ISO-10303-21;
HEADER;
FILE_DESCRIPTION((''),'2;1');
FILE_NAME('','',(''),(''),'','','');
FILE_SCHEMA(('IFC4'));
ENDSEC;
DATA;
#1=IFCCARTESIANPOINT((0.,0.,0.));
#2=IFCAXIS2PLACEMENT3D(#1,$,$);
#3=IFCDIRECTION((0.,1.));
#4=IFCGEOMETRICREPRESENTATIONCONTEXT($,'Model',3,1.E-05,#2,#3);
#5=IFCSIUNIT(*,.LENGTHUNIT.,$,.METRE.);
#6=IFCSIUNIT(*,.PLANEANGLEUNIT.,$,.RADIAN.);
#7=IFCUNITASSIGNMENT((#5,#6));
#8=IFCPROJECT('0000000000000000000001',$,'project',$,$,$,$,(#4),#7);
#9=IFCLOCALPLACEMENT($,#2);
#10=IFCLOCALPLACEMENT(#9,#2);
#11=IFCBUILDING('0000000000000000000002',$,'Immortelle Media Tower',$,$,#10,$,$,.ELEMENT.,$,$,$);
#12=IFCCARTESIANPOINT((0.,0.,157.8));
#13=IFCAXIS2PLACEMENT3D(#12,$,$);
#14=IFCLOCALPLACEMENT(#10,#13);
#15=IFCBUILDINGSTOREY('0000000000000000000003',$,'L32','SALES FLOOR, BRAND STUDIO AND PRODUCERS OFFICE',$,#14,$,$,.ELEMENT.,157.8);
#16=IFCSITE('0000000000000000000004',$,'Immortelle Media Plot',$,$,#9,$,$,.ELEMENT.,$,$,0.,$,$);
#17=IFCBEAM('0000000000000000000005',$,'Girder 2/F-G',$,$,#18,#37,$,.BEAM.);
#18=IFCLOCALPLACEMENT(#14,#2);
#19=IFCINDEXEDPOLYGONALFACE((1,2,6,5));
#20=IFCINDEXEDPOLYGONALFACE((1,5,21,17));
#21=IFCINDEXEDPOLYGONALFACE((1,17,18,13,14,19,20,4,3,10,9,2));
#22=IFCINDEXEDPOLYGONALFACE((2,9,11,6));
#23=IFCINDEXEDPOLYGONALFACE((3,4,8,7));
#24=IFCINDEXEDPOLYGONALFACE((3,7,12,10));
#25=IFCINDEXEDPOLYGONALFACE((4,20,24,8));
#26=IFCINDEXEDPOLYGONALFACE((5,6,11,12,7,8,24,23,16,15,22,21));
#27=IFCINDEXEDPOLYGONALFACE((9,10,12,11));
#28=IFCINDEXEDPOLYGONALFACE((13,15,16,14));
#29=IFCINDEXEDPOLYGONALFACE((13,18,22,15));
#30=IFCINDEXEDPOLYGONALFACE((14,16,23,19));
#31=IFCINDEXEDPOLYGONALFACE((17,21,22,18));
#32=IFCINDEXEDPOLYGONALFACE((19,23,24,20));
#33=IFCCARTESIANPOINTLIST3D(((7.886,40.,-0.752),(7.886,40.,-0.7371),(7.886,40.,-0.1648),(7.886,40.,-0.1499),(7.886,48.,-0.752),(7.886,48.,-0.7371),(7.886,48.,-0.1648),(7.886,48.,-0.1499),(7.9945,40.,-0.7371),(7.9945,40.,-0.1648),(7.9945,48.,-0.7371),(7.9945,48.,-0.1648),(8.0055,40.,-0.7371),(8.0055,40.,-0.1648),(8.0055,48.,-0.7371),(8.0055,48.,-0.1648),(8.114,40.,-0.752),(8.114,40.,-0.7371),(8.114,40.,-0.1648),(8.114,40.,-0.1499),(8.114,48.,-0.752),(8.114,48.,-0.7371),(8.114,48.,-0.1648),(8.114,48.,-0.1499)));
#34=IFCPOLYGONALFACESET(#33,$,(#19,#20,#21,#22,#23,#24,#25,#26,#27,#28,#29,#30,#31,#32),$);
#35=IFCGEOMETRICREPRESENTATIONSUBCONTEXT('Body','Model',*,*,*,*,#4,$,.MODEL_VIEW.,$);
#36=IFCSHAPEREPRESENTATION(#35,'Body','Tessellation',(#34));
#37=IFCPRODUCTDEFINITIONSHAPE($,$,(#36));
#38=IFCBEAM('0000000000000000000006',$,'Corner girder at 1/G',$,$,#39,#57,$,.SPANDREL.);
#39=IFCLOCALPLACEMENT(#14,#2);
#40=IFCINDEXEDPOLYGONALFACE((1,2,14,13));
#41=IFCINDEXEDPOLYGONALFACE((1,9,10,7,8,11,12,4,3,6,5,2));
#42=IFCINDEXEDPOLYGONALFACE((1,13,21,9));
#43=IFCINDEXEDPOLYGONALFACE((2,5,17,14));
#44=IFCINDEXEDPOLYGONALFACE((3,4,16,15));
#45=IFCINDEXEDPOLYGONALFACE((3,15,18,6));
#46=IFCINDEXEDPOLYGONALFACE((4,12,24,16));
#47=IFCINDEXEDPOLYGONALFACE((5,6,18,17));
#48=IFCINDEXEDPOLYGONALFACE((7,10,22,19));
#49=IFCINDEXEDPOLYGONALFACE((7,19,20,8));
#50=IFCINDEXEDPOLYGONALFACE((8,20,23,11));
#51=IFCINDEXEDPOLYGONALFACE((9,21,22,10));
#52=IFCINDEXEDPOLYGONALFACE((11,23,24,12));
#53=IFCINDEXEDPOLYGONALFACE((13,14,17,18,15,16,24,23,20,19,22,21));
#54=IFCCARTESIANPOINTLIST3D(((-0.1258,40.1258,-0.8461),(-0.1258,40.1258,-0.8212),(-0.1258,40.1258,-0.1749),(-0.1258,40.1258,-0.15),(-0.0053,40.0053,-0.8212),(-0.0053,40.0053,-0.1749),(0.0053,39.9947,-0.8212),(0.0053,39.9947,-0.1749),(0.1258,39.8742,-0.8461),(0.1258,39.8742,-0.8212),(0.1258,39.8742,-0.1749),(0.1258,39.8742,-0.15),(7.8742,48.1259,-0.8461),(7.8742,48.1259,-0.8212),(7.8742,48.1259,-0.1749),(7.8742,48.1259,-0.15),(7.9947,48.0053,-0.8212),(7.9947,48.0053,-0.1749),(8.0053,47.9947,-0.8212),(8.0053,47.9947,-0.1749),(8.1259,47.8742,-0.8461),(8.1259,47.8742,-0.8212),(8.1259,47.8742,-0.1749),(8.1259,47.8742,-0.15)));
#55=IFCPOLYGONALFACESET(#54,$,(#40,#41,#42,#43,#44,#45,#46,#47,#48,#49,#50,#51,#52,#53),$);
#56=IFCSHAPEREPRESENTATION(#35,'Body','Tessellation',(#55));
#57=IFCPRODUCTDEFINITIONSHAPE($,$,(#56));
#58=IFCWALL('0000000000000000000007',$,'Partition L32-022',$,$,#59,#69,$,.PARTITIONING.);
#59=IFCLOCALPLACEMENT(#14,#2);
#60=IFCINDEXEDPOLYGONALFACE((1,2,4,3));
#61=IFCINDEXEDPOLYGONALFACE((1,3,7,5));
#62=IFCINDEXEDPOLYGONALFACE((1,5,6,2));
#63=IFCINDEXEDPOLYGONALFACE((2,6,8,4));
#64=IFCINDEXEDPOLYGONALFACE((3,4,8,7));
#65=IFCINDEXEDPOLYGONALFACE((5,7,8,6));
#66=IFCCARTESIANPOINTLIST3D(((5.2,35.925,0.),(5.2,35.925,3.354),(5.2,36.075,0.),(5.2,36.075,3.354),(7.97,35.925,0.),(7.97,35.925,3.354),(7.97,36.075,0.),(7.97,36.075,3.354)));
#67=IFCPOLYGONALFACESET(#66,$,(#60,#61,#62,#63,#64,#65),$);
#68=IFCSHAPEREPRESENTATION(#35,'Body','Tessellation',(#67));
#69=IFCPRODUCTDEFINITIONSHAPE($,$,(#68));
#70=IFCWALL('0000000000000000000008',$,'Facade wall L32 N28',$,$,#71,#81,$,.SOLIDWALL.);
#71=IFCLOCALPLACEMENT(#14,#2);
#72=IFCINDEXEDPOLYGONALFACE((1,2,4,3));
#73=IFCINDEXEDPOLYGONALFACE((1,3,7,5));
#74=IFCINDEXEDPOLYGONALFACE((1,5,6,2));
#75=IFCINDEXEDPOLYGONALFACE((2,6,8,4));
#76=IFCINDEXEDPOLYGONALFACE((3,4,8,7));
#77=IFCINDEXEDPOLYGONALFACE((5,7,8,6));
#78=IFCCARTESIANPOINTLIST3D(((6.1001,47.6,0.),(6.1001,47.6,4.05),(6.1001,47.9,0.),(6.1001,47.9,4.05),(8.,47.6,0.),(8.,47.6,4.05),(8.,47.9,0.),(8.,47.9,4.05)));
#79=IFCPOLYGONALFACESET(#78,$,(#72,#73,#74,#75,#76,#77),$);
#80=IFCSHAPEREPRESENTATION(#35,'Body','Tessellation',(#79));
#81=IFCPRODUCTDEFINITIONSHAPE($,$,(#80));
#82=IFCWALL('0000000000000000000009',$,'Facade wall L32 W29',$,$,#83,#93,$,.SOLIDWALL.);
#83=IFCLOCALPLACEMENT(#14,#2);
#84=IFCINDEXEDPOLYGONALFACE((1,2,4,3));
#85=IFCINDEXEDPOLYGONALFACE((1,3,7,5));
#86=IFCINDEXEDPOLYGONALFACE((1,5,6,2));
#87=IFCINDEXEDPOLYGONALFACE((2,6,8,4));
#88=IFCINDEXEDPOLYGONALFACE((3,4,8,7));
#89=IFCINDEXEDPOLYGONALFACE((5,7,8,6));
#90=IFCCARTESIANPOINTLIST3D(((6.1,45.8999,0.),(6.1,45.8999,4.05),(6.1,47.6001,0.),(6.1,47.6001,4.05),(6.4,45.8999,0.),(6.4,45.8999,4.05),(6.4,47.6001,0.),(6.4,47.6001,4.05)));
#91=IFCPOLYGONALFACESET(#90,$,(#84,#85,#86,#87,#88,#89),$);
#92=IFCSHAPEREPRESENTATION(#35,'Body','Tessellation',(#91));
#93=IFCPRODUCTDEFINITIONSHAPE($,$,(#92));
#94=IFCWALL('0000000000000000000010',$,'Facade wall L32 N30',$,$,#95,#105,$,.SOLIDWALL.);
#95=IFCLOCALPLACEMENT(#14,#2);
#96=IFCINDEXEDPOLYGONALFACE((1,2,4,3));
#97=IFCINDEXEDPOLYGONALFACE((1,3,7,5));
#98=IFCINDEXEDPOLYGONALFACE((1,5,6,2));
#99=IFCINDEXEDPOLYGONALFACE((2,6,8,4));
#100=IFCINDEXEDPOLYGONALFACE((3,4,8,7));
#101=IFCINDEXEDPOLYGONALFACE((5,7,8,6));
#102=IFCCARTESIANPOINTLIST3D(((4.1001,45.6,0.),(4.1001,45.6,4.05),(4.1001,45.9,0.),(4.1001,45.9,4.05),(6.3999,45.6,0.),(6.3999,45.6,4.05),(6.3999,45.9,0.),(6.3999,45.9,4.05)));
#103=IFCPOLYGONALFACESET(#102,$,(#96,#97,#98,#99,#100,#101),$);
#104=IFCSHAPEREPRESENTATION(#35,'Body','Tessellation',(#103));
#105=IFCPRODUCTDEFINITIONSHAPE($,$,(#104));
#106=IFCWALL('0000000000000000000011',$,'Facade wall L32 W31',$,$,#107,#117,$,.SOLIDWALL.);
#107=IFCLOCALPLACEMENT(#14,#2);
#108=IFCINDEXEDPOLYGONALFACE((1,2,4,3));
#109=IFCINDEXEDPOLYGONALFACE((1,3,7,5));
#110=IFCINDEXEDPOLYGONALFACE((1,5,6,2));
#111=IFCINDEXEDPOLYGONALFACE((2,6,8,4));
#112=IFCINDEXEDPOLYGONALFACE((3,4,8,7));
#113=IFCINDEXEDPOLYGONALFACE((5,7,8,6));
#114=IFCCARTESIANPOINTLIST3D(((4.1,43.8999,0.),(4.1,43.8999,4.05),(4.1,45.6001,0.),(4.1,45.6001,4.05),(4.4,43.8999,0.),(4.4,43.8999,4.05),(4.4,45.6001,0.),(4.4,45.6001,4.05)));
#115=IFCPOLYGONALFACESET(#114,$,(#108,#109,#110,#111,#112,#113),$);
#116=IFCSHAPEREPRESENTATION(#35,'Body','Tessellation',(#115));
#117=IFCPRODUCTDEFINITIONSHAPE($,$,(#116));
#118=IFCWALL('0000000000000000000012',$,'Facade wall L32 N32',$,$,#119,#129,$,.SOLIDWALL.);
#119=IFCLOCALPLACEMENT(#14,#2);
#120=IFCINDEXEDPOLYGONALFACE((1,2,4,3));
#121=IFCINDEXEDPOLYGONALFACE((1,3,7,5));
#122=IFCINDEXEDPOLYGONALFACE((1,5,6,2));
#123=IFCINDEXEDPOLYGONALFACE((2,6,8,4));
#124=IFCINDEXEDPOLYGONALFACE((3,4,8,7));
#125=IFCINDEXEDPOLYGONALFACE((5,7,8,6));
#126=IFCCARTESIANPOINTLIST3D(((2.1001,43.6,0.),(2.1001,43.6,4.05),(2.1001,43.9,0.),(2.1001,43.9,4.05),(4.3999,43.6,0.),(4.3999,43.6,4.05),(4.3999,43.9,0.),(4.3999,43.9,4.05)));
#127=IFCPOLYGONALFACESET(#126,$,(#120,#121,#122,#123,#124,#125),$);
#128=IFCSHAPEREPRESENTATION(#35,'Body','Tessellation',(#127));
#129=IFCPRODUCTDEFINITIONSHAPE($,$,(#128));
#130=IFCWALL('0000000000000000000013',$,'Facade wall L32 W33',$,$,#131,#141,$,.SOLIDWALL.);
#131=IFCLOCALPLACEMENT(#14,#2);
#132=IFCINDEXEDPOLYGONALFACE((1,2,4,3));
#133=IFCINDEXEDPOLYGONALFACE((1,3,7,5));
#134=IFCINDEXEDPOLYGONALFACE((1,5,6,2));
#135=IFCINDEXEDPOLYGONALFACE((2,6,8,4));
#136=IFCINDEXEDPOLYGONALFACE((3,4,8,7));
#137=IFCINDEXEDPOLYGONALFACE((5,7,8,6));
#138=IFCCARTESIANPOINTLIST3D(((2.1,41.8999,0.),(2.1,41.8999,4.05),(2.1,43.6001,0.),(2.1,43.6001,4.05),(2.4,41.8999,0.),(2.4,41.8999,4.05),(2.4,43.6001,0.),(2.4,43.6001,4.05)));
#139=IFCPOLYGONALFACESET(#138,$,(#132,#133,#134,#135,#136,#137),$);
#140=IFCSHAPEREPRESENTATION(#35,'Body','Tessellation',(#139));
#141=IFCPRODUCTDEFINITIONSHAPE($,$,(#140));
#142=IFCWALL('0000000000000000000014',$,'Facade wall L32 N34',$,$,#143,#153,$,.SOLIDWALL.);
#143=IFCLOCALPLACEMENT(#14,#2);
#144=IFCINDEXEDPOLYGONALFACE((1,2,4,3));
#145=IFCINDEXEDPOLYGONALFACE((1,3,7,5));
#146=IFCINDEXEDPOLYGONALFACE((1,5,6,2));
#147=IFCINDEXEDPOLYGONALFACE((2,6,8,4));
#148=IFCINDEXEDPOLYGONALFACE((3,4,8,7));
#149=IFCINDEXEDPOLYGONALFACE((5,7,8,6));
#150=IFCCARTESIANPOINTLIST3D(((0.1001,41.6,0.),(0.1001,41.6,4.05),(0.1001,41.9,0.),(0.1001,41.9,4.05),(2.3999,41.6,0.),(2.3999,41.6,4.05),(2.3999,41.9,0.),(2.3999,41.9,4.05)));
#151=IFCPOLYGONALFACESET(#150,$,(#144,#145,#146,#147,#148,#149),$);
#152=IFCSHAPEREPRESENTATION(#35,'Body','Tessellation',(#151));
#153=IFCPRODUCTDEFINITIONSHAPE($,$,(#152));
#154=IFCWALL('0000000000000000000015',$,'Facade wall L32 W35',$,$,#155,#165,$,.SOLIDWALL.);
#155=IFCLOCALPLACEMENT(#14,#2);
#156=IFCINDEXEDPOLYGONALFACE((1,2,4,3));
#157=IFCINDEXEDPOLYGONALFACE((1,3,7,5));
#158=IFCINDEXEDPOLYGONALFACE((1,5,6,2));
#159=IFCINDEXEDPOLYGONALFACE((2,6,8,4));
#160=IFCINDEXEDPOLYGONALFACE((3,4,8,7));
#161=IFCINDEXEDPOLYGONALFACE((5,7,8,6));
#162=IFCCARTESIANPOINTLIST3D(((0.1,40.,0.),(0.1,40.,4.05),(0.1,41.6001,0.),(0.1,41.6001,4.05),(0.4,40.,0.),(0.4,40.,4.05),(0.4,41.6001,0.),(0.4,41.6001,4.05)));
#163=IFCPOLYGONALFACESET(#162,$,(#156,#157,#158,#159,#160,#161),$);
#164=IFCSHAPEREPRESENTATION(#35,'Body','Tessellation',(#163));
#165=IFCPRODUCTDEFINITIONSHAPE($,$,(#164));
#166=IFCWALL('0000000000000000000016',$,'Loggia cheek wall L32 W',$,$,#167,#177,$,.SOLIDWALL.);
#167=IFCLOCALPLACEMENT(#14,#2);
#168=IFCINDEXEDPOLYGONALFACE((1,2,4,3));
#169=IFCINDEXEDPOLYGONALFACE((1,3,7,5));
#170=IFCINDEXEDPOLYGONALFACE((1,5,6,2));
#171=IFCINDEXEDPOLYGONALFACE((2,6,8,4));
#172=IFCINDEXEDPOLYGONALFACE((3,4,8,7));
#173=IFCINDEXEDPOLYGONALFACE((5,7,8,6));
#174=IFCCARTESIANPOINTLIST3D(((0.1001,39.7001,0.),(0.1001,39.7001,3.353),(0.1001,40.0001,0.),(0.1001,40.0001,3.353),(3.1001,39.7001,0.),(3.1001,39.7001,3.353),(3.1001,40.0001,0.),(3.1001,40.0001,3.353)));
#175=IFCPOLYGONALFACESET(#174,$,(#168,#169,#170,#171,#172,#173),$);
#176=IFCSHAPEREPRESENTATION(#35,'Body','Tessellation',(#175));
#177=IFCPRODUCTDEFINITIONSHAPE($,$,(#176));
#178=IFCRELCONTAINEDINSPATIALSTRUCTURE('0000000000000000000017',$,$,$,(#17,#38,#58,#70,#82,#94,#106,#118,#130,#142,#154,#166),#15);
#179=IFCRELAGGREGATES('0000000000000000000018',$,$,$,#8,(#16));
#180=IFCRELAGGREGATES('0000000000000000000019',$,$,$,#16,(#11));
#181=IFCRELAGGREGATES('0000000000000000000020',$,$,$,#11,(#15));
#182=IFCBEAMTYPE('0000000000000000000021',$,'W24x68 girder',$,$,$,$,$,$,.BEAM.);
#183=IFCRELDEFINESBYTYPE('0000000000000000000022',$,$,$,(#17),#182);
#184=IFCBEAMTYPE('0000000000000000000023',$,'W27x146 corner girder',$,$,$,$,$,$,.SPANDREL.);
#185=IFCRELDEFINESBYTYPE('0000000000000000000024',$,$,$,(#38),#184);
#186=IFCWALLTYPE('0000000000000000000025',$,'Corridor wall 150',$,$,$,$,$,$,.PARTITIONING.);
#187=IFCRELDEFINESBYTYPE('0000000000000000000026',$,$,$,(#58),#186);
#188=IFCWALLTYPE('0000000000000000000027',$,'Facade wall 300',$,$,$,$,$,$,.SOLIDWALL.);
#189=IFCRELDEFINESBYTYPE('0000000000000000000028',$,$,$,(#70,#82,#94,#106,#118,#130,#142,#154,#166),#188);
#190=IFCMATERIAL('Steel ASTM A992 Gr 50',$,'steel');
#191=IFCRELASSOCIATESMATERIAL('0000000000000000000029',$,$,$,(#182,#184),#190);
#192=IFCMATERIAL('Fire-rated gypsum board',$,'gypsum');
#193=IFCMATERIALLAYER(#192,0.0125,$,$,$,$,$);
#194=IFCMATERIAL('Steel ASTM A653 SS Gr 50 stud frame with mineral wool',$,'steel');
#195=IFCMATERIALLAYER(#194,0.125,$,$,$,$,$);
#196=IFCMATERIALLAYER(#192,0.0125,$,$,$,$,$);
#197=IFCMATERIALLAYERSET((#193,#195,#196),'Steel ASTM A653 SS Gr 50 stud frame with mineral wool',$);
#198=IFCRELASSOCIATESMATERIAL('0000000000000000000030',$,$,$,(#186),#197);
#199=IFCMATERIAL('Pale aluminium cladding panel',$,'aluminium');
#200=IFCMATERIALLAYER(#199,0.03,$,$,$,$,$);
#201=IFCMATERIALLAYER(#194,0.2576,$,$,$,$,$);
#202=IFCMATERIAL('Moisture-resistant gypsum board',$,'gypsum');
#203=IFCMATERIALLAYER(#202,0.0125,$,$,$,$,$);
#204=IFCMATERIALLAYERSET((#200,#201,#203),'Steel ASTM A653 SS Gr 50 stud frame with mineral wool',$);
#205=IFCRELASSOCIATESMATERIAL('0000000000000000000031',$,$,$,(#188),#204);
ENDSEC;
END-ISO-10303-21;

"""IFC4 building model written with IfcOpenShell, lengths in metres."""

from ifc_helpers import new_model, si_unit, direction, frame, frame_2d, origin, origin_2d, place, context, subcontext, project, spatial, rectangle, i_section, extrude, material, layer, layer_set, material_profile, profile_set, type_object, element, save


model = new_model("IFC4")

# Units and contexts
model_context = context("Model", 3, precision=1e-05, world=origin(), true_north=direction((0.0, 1.0)))
body_context = subcontext(model_context, "Body", "Model", "MODEL_VIEW")
ifc_project = project(units=[si_unit("LENGTHUNIT", "METRE"), si_unit("PLANEANGLEUNIT", "RADIAN")], contexts=[model_context])

# Site, building, storey
site_placement = place(None, origin())
site = spatial("IfcSite", under=ifc_project, at=site_placement, Name="Immortelle Media Plot", CompositionType="ELEMENT", RefElevation=0.0)
building_placement = place(site_placement, origin())
building = spatial("IfcBuilding", under=site, at=building_placement, Name="Immortelle Media Tower", CompositionType="ELEMENT")
storey_placement = place(building_placement, frame((0.0, 0.0, 157.8)))
storey = spatial("IfcBuildingStorey", under=building, at=storey_placement, Name="L32", Description="SALES FLOOR, BRAND STUDIO AND PRODUCERS OFFICE", CompositionType="ELEMENT", Elevation=157.8)

# Shared definitions
ifc_material_1 = material(Name="Steel ASTM A992 Gr 50", Category="steel")

# Beams
ifc_material_profile_1 = material_profile(ifc_material_1, i_section(OverallWidth=0.228, OverallDepth=0.6021, WebThickness=0.011, FlangeThickness=0.0149, at=origin_2d()), Name="W24x68")
ifc_profile_set_1 = profile_set([ifc_material_profile_1], Name="Steel ASTM A992 Gr 50")
beam_type_1 = type_object("IfcBeamType", Name="W24x68 girder", PredefinedType="BEAM", material=ifc_profile_set_1)
for number, where, z_axis, x_axis, name in (
    (1, (8.0, 40.0, -0.4509), (0.0, 1.0, 0.0), (-1.0, 0.0, 0.0), "Girder 2/F-G"),
):
    element("IfcBeam", number, at=place(storey_placement, frame(where, z_axis=z_axis, x_axis=x_axis)), inside=storey, type_object=beam_type_1, Name=name, PredefinedType="BEAM", context=body_context, shape_type="SweptSolid", body=[
        extrude(i_section(OverallWidth=0.228, OverallDepth=0.6021, WebThickness=0.011, FlangeThickness=0.0149, at=origin_2d()), origin(), (0.0, 0.0, 1.0), 8.0),
    ])
ifc_material_profile_2 = material_profile(ifc_material_1, i_section(OverallWidth=0.356, OverallDepth=0.696, WebThickness=0.0149, FlangeThickness=0.0249, at=origin_2d()), Name="W27x146")
ifc_profile_set_2 = profile_set([ifc_material_profile_2], Name="Steel ASTM A992 Gr 50")
beam_type_2 = type_object("IfcBeamType", Name="W27x146 corner girder", PredefinedType="SPANDREL", material=ifc_profile_set_2)
beam_1_placement = place(storey_placement, frame((0.0, 40.0, -0.498), z_axis=(0.707107, 0.707107, 0.0), x_axis=(-0.707107, 0.707107, 0.0)))
element("IfcBeam", 2, at=beam_1_placement, inside=storey, type_object=beam_type_2, Name="Corner girder at 1/G", PredefinedType="SPANDREL", context=body_context, shape_type="SweptSolid", body=[
    extrude(i_section(OverallWidth=0.356, OverallDepth=0.696, WebThickness=0.0149, FlangeThickness=0.0249, at=origin_2d()), origin(), (0.0, 0.0, 1.0), 11.3137),
])

# Walls
ifc_material_2 = material(Name="Fire-rated gypsum board", Category="gypsum")
ifc_layer_1 = layer(ifc_material_2, 0.0125)
ifc_material_3 = material(Name="Steel ASTM A653 SS Gr 50 stud frame with mineral wool", Category="steel")
ifc_layer_2 = layer(ifc_material_3, 0.125)
ifc_layer_3 = layer(ifc_material_2, 0.0125)
ifc_layer_set_1 = layer_set([ifc_layer_1, ifc_layer_2, ifc_layer_3], Name="Steel ASTM A653 SS Gr 50 stud frame with mineral wool")
wall_type_1 = type_object("IfcWallType", Name="Corridor wall 150", PredefinedType="PARTITIONING", material=ifc_layer_set_1)
wall_1_placement = place(storey_placement, frame((5.2, 36.0, 0.0), z_axis=(0.0, 0.0, 1.0), x_axis=(1.0, 0.0, 0.0)))
element("IfcWall", 3, at=wall_1_placement, inside=storey, type_object=wall_type_1, Name="Partition L32-022", PredefinedType="PARTITIONING", context=body_context, shape_type="SweptSolid", body=[
    extrude(rectangle(XDim=2.77, YDim=0.1499, at=frame_2d((1.385, 0.0))), origin(), (0.0, 0.0, 1.0), 3.354),
])
ifc_material_4 = material(Name="Pale aluminium cladding panel", Category="aluminium")
ifc_layer_4 = layer(ifc_material_4, 0.03)
ifc_layer_5 = layer(ifc_material_3, 0.2576)
ifc_material_5 = material(Name="Moisture-resistant gypsum board", Category="gypsum")
ifc_layer_6 = layer(ifc_material_5, 0.0125)
ifc_layer_set_2 = layer_set([ifc_layer_4, ifc_layer_5, ifc_layer_6], Name="Steel ASTM A653 SS Gr 50 stud frame with mineral wool")
wall_type_2 = type_object("IfcWallType", Name="Facade wall 300", PredefinedType="SOLIDWALL", material=ifc_layer_set_2)
wall_2_placement = place(storey_placement, frame((8.0, 47.75, 0.0), z_axis=(0.0, 0.0, 1.0), x_axis=(-1.0, 0.0, 0.0)))
element("IfcWall", 4, at=wall_2_placement, inside=storey, type_object=wall_type_2, Name="Facade wall L32 N28", PredefinedType="SOLIDWALL", context=body_context, shape_type="SweptSolid", body=[
    extrude(rectangle(XDim=1.8999, YDim=0.3, at=frame_2d((0.95, 0.0))), origin(), (0.0, 0.0, 1.0), 4.05),
])
wall_3_placement = place(storey_placement, frame((6.25, 47.6001, 0.0), z_axis=(0.0, 0.0, 1.0), x_axis=(0.0, -1.0, 0.0)))
element("IfcWall", 5, at=wall_3_placement, inside=storey, type_object=wall_type_2, Name="Facade wall L32 W29", PredefinedType="SOLIDWALL", context=body_context, shape_type="SweptSolid", body=[
    extrude(rectangle(XDim=1.7002, YDim=0.3, at=frame_2d((0.8501, 0.0))), origin(), (0.0, 0.0, 1.0), 4.05),
])
wall_4_placement = place(storey_placement, frame((6.3999, 45.75, 0.0), z_axis=(0.0, 0.0, 1.0), x_axis=(-1.0, 0.0, 0.0)))
element("IfcWall", 6, at=wall_4_placement, inside=storey, type_object=wall_type_2, Name="Facade wall L32 N30", PredefinedType="SOLIDWALL", context=body_context, shape_type="SweptSolid", body=[
    extrude(rectangle(XDim=2.2998, YDim=0.3, at=frame_2d((1.1499, 0.0))), origin(), (0.0, 0.0, 1.0), 4.05),
])
wall_5_placement = place(storey_placement, frame((4.25, 45.6001, 0.0), z_axis=(0.0, 0.0, 1.0), x_axis=(0.0, -1.0, 0.0)))
element("IfcWall", 7, at=wall_5_placement, inside=storey, type_object=wall_type_2, Name="Facade wall L32 W31", PredefinedType="SOLIDWALL", context=body_context, shape_type="SweptSolid", body=[
    extrude(rectangle(XDim=1.7002, YDim=0.3, at=frame_2d((0.8501, 0.0))), origin(), (0.0, 0.0, 1.0), 4.05),
])
wall_6_placement = place(storey_placement, frame((4.3999, 43.75, 0.0), z_axis=(0.0, 0.0, 1.0), x_axis=(-1.0, 0.0, 0.0)))
element("IfcWall", 8, at=wall_6_placement, inside=storey, type_object=wall_type_2, Name="Facade wall L32 N32", PredefinedType="SOLIDWALL", context=body_context, shape_type="SweptSolid", body=[
    extrude(rectangle(XDim=2.2998, YDim=0.3, at=frame_2d((1.1499, 0.0))), origin(), (0.0, 0.0, 1.0), 4.05),
])
wall_7_placement = place(storey_placement, frame((2.25, 43.6001, 0.0), z_axis=(0.0, 0.0, 1.0), x_axis=(0.0, -1.0, 0.0)))
element("IfcWall", 9, at=wall_7_placement, inside=storey, type_object=wall_type_2, Name="Facade wall L32 W33", PredefinedType="SOLIDWALL", context=body_context, shape_type="SweptSolid", body=[
    extrude(rectangle(XDim=1.7002, YDim=0.3, at=frame_2d((0.8501, 0.0))), origin(), (0.0, 0.0, 1.0), 4.05),
])
wall_8_placement = place(storey_placement, frame((2.3999, 41.75, 0.0), z_axis=(0.0, 0.0, 1.0), x_axis=(-1.0, 0.0, 0.0)))
element("IfcWall", 10, at=wall_8_placement, inside=storey, type_object=wall_type_2, Name="Facade wall L32 N34", PredefinedType="SOLIDWALL", context=body_context, shape_type="SweptSolid", body=[
    extrude(rectangle(XDim=2.2998, YDim=0.3, at=frame_2d((1.1499, 0.0))), origin(), (0.0, 0.0, 1.0), 4.05),
])
wall_9_placement = place(storey_placement, frame((0.25, 41.6001, 0.0), z_axis=(0.0, 0.0, 1.0), x_axis=(0.0, -1.0, 0.0)))
element("IfcWall", 11, at=wall_9_placement, inside=storey, type_object=wall_type_2, Name="Facade wall L32 W35", PredefinedType="SOLIDWALL", context=body_context, shape_type="SweptSolid", body=[
    extrude(rectangle(XDim=1.6001, YDim=0.3, at=frame_2d((0.8, 0.0))), origin(), (0.0, 0.0, 1.0), 4.05),
])

# Wall
wall_10_placement = place(storey_placement, frame((0.1001, 39.8501, 0.0), z_axis=(0.0, 0.0, 1.0), x_axis=(1.0, 0.0, 0.0)))
element("IfcWall", 12, at=wall_10_placement, inside=storey, type_object=wall_type_2, Name="Loggia cheek wall L32 W", PredefinedType="SOLIDWALL", context=body_context, shape_type="SweptSolid", body=[
    extrude(rectangle(XDim=3.0, YDim=0.3, at=frame_2d((1.5, 0.0))), origin(), (0.0, 0.0, 1.0), 3.353),
])

save(model, "model.ifc")
